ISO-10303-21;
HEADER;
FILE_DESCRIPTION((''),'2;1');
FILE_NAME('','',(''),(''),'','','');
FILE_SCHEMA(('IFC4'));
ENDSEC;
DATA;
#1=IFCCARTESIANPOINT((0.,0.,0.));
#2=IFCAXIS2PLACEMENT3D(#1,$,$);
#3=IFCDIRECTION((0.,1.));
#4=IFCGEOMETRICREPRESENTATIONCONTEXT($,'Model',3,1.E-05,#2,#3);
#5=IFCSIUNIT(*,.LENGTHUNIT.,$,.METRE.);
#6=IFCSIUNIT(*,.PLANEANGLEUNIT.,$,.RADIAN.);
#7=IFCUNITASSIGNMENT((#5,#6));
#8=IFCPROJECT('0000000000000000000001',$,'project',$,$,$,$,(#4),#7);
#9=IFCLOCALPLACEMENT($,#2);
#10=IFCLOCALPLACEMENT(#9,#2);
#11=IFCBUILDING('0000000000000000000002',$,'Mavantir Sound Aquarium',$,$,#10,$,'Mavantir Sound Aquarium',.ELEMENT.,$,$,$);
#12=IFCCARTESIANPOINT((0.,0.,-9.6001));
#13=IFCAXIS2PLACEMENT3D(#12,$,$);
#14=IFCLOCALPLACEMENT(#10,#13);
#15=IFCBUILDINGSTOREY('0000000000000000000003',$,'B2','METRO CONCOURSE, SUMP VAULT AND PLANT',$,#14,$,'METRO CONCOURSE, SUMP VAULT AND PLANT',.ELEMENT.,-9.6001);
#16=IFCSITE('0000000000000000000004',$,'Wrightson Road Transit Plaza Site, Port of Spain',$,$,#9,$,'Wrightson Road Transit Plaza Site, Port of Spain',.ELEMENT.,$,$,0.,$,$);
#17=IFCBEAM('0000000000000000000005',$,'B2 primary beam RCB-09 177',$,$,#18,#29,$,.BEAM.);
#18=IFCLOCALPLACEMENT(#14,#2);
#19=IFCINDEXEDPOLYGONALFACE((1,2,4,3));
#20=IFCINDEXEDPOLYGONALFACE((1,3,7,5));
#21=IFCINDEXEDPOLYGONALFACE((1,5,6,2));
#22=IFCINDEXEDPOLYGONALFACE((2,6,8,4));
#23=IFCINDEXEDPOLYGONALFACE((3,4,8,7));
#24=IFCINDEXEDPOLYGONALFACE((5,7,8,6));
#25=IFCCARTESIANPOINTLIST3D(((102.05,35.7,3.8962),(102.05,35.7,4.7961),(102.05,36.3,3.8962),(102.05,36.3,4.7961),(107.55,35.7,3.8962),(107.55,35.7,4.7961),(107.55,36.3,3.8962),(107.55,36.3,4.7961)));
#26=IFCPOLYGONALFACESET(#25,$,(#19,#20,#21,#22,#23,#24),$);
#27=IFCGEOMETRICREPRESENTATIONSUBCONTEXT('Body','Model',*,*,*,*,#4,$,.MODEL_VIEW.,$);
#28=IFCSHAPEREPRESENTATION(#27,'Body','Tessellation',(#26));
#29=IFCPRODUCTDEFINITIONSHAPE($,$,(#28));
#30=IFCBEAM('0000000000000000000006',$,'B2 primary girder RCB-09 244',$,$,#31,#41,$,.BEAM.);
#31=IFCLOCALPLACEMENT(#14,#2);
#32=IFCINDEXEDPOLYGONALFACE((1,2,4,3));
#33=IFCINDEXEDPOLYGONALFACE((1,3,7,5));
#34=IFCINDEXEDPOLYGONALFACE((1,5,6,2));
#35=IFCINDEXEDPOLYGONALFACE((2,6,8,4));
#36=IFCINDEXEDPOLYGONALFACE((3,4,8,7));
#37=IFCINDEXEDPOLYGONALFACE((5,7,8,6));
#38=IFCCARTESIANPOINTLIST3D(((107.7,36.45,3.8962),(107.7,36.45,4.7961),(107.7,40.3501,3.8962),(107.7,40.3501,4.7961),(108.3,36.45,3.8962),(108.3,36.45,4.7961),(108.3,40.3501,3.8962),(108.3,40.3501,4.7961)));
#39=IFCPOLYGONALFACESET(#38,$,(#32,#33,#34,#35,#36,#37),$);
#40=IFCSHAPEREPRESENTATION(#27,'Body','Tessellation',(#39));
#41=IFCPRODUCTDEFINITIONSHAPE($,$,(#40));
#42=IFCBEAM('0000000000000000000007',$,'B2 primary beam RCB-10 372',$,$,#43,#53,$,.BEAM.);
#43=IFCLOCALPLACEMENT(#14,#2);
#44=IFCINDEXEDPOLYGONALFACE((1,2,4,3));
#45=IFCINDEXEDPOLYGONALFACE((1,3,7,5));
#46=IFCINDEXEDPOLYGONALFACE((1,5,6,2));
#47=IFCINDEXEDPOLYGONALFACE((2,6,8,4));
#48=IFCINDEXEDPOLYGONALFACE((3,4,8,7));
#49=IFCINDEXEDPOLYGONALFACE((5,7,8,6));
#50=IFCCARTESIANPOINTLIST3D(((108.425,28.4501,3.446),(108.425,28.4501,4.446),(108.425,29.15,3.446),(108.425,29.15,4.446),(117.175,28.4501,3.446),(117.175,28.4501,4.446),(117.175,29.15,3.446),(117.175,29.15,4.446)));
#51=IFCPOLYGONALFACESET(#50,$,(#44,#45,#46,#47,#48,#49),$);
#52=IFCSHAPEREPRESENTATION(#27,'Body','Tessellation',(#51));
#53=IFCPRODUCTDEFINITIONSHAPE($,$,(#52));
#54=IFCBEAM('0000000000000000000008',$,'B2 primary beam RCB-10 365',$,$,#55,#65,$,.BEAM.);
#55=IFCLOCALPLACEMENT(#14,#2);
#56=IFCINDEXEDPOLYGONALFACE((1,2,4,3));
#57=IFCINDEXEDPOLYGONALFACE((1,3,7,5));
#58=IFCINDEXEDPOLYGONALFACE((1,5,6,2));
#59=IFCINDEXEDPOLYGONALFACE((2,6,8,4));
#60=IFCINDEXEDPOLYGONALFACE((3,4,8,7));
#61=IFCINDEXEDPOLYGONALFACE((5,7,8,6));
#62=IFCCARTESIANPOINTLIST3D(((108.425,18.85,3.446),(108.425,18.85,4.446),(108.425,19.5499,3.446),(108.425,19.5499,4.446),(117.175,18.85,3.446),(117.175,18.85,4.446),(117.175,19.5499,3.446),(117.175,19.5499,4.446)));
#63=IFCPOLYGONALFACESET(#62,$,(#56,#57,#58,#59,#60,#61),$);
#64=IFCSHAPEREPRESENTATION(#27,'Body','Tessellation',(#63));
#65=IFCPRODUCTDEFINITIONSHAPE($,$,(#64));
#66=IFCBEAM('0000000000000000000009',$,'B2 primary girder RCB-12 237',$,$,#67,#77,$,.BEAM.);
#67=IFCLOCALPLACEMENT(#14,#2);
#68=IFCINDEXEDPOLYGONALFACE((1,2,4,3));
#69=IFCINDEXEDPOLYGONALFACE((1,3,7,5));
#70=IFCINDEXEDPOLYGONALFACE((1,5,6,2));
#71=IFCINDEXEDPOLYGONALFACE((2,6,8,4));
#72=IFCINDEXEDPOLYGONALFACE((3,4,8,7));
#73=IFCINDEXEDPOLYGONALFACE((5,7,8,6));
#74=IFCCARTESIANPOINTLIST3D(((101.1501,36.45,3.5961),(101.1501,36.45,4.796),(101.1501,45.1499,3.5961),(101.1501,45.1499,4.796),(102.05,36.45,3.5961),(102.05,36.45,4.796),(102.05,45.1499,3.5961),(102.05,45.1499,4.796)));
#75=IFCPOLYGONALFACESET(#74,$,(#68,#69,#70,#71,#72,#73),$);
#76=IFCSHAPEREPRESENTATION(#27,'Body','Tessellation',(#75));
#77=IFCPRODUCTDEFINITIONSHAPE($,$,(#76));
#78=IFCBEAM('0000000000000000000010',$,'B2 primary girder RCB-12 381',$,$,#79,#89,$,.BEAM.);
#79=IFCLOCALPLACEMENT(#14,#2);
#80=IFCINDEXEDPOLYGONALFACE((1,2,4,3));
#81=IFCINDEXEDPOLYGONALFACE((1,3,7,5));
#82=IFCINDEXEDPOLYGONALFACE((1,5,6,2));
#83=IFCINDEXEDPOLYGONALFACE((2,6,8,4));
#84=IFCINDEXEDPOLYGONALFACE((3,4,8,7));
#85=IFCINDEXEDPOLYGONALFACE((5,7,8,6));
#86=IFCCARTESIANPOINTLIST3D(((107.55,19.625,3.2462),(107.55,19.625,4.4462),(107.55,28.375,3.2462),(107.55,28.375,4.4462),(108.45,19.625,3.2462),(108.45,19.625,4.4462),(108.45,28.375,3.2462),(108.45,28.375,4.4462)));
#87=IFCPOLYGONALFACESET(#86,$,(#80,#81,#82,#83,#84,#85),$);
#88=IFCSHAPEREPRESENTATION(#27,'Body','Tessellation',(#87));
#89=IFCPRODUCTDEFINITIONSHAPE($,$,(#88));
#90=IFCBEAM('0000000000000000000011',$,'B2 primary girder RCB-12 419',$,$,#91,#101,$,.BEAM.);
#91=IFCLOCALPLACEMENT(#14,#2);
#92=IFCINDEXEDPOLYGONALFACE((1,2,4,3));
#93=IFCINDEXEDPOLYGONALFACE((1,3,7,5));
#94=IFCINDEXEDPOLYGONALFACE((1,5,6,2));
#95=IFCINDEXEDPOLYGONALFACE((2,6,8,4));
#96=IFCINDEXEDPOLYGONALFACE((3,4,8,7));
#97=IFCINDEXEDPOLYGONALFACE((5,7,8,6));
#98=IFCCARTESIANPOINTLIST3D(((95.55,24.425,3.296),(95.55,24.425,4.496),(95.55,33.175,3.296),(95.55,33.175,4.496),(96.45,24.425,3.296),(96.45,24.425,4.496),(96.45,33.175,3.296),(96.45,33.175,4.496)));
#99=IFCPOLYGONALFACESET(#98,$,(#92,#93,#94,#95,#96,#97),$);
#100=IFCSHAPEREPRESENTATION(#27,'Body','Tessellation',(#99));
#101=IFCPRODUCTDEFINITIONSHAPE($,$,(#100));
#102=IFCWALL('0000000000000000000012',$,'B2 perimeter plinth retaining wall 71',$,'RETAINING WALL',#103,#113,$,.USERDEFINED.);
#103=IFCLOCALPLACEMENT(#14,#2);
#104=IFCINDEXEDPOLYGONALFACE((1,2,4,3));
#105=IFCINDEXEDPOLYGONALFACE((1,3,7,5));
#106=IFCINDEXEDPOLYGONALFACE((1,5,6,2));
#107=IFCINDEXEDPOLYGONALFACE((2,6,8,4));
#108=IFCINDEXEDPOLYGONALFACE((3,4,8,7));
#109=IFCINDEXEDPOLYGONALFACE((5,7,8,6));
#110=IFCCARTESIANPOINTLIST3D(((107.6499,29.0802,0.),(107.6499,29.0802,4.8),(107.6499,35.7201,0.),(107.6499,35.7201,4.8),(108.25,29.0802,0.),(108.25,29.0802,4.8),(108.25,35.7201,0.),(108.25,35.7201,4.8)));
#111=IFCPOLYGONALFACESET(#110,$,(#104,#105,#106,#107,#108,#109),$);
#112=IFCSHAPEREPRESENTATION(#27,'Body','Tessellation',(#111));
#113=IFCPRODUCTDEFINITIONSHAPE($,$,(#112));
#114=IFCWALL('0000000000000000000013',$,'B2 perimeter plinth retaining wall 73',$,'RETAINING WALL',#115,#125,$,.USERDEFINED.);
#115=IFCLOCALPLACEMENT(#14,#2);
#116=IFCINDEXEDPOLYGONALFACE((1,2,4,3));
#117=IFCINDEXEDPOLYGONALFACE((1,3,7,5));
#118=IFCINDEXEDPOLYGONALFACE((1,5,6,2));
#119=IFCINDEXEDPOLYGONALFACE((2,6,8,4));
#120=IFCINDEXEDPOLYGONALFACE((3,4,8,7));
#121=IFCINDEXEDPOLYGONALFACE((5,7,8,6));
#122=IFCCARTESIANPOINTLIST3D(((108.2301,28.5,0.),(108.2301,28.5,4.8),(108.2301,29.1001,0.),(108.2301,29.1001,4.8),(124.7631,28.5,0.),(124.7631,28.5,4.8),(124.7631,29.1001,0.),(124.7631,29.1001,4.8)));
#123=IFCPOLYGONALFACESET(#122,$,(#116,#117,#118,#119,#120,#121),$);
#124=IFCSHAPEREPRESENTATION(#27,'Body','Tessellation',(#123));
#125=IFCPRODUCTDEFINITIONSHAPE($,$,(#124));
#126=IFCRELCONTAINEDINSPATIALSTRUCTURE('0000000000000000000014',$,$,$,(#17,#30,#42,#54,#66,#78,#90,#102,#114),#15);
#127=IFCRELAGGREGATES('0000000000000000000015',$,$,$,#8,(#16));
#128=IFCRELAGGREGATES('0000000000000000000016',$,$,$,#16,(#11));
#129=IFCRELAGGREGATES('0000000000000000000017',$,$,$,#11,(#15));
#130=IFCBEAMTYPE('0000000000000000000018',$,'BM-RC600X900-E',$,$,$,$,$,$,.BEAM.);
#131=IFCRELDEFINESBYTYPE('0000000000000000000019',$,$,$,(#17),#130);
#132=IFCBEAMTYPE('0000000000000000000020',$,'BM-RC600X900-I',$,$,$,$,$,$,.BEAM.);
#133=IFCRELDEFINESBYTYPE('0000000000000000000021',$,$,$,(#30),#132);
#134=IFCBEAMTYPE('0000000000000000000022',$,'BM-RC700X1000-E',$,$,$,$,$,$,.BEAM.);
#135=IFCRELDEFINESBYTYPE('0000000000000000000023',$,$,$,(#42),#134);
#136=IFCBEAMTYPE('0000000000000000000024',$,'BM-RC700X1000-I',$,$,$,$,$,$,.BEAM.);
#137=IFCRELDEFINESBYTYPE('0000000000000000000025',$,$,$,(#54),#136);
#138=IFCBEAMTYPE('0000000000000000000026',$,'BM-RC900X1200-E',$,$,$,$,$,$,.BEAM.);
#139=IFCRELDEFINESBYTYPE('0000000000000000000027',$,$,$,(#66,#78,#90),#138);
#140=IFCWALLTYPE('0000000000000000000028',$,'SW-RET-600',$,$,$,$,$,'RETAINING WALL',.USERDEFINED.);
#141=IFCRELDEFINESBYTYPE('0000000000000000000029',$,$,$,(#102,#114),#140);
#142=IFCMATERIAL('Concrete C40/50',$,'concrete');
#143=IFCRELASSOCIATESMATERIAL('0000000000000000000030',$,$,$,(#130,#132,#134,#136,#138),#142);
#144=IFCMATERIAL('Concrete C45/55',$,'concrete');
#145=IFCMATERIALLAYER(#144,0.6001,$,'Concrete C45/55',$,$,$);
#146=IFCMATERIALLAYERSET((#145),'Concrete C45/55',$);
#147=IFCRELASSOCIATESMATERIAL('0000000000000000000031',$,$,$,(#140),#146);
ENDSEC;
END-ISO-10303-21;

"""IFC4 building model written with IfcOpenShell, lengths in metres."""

from ifc_helpers import new_model, si_unit, direction, frame, frame_2d, origin, origin_2d, place, context, subcontext, project, spatial, rectangle, extrude, material, layer, layer_set, material_profile, profile_set, type_object, element, save


model = new_model("IFC4")

# Units and contexts
model_context = context("Model", 3, precision=1e-05, world=origin(), true_north=direction((0.0, 1.0)))
body_context = subcontext(model_context, "Body", "Model", "MODEL_VIEW")
ifc_project = project(units=[si_unit("LENGTHUNIT", "METRE"), si_unit("PLANEANGLEUNIT", "RADIAN")], contexts=[model_context])

# Site, building, storey
site_placement = place(None, origin())
site = spatial("IfcSite", under=ifc_project, at=site_placement, Name="Wrightson Road Transit Plaza Site, Port of Spain", LongName="Wrightson Road Transit Plaza Site, Port of Spain", CompositionType="ELEMENT", RefElevation=0.0)
building_placement = place(site_placement, origin())
building = spatial("IfcBuilding", under=site, at=building_placement, Name="Mavantir Sound Aquarium", LongName="Mavantir Sound Aquarium", CompositionType="ELEMENT")
storey_placement = place(building_placement, frame((0.0, 0.0, -9.6001)))
storey = spatial("IfcBuildingStorey", under=building, at=storey_placement, Name="B2", Description="METRO CONCOURSE, SUMP VAULT AND PLANT", LongName="METRO CONCOURSE, SUMP VAULT AND PLANT", CompositionType="ELEMENT", Elevation=-9.6001)

# Shared definitions
ifc_material_1 = material(Name="Concrete C40/50", Category="concrete")

# Beams
ifc_material_profile_1 = material_profile(ifc_material_1, rectangle(XDim=0.6001, YDim=0.8999, at=origin_2d()), Name="RC 600X900")
ifc_profile_set_1 = profile_set([ifc_material_profile_1], Name="Concrete C40/50")
beam_type_1 = type_object("IfcBeamType", Name="BM-RC600X900-E", PredefinedType="BEAM", material=ifc_profile_set_1)
beam_1_placement = place(storey_placement, frame((102.05, 36.0, 4.3462), z_axis=(1.0, 0.0, 0.0), x_axis=(0.0, 1.0, 0.0)))
element("IfcBeam", 1, at=beam_1_placement, inside=storey, type_object=beam_type_1, Name="B2 primary beam RCB-09 177", PredefinedType="BEAM", context=body_context, shape_type="SweptSolid", body=[
    extrude(rectangle(XDim=0.6001, YDim=0.8999, at=origin_2d()), origin(), (0.0, 0.0, 1.0), 5.5),
])
ifc_material_profile_2 = material_profile(ifc_material_1, rectangle(XDim=0.6001, YDim=0.8999, at=origin_2d()), Name="RC 600X900")
ifc_profile_set_2 = profile_set([ifc_material_profile_2], Name="Concrete C40/50")
beam_type_2 = type_object("IfcBeamType", Name="BM-RC600X900-I", PredefinedType="BEAM", material=ifc_profile_set_2)
beam_2_placement = place(storey_placement, frame((108.0, 36.45, 4.3462), z_axis=(0.0, 1.0, 0.0), x_axis=(-1.0, 0.0, 0.0)))
element("IfcBeam", 2, at=beam_2_placement, inside=storey, type_object=beam_type_2, Name="B2 primary girder RCB-09 244", PredefinedType="BEAM", context=body_context, shape_type="SweptSolid", body=[
    extrude(rectangle(XDim=0.6001, YDim=0.8999, at=origin_2d()), origin(), (0.0, 0.0, 1.0), 3.9001),
])
ifc_material_profile_3 = material_profile(ifc_material_1, rectangle(XDim=0.7, YDim=1.0, at=origin_2d()), Name="RC 700X1000")
ifc_profile_set_3 = profile_set([ifc_material_profile_3], Name="Concrete C40/50")
beam_type_3 = type_object("IfcBeamType", Name="BM-RC700X1000-E", PredefinedType="BEAM", material=ifc_profile_set_3)
beam_3_placement = place(storey_placement, frame((108.425, 28.8, 3.946), z_axis=(1.0, 0.0, 0.0), x_axis=(0.0, 1.0, 0.0)))
element("IfcBeam", 3, at=beam_3_placement, inside=storey, type_object=beam_type_3, Name="B2 primary beam RCB-10 372", PredefinedType="BEAM", context=body_context, shape_type="SweptSolid", body=[
    extrude(rectangle(XDim=0.7, YDim=1.0, at=origin_2d()), origin(), (0.0, 0.0, 1.0), 8.75),
])
ifc_material_profile_4 = material_profile(ifc_material_1, rectangle(XDim=0.7, YDim=1.0, at=origin_2d()), Name="RC 700X1000")
ifc_profile_set_4 = profile_set([ifc_material_profile_4], Name="Concrete C40/50")
beam_type_4 = type_object("IfcBeamType", Name="BM-RC700X1000-I", PredefinedType="BEAM", material=ifc_profile_set_4)
beam_4_placement = place(storey_placement, frame((108.425, 19.2, 3.946), z_axis=(1.0, 0.0, 0.0), x_axis=(0.0, 1.0, 0.0)))
element("IfcBeam", 4, at=beam_4_placement, inside=storey, type_object=beam_type_4, Name="B2 primary beam RCB-10 365", PredefinedType="BEAM", context=body_context, shape_type="SweptSolid", body=[
    extrude(rectangle(XDim=0.7, YDim=1.0, at=origin_2d()), origin(), (0.0, 0.0, 1.0), 8.75),
])
ifc_material_profile_5 = material_profile(ifc_material_1, rectangle(XDim=0.8999, YDim=1.2, at=origin_2d()), Name="RC 900X1200")
ifc_profile_set_5 = profile_set([ifc_material_profile_5], Name="Concrete C40/50")
beam_type_5 = type_object("IfcBeamType", Name="BM-RC900X1200-E", PredefinedType="BEAM", material=ifc_profile_set_5)
beam_5_placement = place(storey_placement, frame((101.6001, 36.45, 4.196), z_axis=(0.0, 1.0, 0.0), x_axis=(-1.0, 0.0, 0.0)))
element("IfcBeam", 5, at=beam_5_placement, inside=storey, type_object=beam_type_5, Name="B2 primary girder RCB-12 237", PredefinedType="BEAM", context=body_context, shape_type="SweptSolid", body=[
    extrude(rectangle(XDim=0.8999, YDim=1.2, at=origin_2d()), origin(), (0.0, 0.0, 1.0), 8.7),
])
for number, where, z_axis, x_axis, name in (
    (6, (108.0, 19.625, 3.8462), (0.0, 1.0, 0.0), (-1.0, 0.0, 0.0), "B2 primary girder RCB-12 381"),
    (7, (96.0, 24.425, 3.896), (0.0, 1.0, 0.0), (-1.0, 0.0, 0.0), "B2 primary girder RCB-12 419"),
):
    element("IfcBeam", number, at=place(storey_placement, frame(where, z_axis=z_axis, x_axis=x_axis)), inside=storey, type_object=beam_type_5, Name=name, PredefinedType="BEAM", context=body_context, shape_type="SweptSolid", body=[
        extrude(rectangle(XDim=0.8999, YDim=1.2, at=origin_2d()), origin(), (0.0, 0.0, 1.0), 8.75),
    ])

# Walls
ifc_material_2 = material(Name="Concrete C45/55", Category="concrete")
ifc_layer = layer(ifc_material_2, 0.6001, Name="Concrete C45/55")
ifc_layer_set = layer_set([ifc_layer], Name="Concrete C45/55")
wall_type = type_object("IfcWallType", Name="SW-RET-600", ElementType="RETAINING WALL", PredefinedType="USERDEFINED", material=ifc_layer_set)
wall_1_placement = place(storey_placement, frame((107.95, 35.72, 0.0), z_axis=(0.0, 0.0, 1.0), x_axis=(0.0, -1.0, 0.0)))
element("IfcWall", 8, at=wall_1_placement, inside=storey, type_object=wall_type, Name="B2 perimeter plinth retaining wall 71", ObjectType="RETAINING WALL", PredefinedType="USERDEFINED", context=body_context, shape_type="SweptSolid", body=[
    extrude(rectangle(XDim=6.6399, YDim=0.6001, at=frame_2d((3.3198, 0.0))), origin(), (0.0, 0.0, 1.0), 4.8),
])
wall_2_placement = place(storey_placement, frame((108.23, 28.8, 0.0), z_axis=(0.0, 0.0, 1.0), x_axis=(1.0, 0.0, 0.0)))
element("IfcWall", 9, at=wall_2_placement, inside=storey, type_object=wall_type, Name="B2 perimeter plinth retaining wall 73", ObjectType="RETAINING WALL", PredefinedType="USERDEFINED", context=body_context, shape_type="SweptSolid", body=[
    extrude(rectangle(XDim=16.533, YDim=0.6001, at=frame_2d((8.2666, 0.0))), origin(), (0.0, 0.0, 1.0), 4.8),
])

save(model, "model.ifc")
